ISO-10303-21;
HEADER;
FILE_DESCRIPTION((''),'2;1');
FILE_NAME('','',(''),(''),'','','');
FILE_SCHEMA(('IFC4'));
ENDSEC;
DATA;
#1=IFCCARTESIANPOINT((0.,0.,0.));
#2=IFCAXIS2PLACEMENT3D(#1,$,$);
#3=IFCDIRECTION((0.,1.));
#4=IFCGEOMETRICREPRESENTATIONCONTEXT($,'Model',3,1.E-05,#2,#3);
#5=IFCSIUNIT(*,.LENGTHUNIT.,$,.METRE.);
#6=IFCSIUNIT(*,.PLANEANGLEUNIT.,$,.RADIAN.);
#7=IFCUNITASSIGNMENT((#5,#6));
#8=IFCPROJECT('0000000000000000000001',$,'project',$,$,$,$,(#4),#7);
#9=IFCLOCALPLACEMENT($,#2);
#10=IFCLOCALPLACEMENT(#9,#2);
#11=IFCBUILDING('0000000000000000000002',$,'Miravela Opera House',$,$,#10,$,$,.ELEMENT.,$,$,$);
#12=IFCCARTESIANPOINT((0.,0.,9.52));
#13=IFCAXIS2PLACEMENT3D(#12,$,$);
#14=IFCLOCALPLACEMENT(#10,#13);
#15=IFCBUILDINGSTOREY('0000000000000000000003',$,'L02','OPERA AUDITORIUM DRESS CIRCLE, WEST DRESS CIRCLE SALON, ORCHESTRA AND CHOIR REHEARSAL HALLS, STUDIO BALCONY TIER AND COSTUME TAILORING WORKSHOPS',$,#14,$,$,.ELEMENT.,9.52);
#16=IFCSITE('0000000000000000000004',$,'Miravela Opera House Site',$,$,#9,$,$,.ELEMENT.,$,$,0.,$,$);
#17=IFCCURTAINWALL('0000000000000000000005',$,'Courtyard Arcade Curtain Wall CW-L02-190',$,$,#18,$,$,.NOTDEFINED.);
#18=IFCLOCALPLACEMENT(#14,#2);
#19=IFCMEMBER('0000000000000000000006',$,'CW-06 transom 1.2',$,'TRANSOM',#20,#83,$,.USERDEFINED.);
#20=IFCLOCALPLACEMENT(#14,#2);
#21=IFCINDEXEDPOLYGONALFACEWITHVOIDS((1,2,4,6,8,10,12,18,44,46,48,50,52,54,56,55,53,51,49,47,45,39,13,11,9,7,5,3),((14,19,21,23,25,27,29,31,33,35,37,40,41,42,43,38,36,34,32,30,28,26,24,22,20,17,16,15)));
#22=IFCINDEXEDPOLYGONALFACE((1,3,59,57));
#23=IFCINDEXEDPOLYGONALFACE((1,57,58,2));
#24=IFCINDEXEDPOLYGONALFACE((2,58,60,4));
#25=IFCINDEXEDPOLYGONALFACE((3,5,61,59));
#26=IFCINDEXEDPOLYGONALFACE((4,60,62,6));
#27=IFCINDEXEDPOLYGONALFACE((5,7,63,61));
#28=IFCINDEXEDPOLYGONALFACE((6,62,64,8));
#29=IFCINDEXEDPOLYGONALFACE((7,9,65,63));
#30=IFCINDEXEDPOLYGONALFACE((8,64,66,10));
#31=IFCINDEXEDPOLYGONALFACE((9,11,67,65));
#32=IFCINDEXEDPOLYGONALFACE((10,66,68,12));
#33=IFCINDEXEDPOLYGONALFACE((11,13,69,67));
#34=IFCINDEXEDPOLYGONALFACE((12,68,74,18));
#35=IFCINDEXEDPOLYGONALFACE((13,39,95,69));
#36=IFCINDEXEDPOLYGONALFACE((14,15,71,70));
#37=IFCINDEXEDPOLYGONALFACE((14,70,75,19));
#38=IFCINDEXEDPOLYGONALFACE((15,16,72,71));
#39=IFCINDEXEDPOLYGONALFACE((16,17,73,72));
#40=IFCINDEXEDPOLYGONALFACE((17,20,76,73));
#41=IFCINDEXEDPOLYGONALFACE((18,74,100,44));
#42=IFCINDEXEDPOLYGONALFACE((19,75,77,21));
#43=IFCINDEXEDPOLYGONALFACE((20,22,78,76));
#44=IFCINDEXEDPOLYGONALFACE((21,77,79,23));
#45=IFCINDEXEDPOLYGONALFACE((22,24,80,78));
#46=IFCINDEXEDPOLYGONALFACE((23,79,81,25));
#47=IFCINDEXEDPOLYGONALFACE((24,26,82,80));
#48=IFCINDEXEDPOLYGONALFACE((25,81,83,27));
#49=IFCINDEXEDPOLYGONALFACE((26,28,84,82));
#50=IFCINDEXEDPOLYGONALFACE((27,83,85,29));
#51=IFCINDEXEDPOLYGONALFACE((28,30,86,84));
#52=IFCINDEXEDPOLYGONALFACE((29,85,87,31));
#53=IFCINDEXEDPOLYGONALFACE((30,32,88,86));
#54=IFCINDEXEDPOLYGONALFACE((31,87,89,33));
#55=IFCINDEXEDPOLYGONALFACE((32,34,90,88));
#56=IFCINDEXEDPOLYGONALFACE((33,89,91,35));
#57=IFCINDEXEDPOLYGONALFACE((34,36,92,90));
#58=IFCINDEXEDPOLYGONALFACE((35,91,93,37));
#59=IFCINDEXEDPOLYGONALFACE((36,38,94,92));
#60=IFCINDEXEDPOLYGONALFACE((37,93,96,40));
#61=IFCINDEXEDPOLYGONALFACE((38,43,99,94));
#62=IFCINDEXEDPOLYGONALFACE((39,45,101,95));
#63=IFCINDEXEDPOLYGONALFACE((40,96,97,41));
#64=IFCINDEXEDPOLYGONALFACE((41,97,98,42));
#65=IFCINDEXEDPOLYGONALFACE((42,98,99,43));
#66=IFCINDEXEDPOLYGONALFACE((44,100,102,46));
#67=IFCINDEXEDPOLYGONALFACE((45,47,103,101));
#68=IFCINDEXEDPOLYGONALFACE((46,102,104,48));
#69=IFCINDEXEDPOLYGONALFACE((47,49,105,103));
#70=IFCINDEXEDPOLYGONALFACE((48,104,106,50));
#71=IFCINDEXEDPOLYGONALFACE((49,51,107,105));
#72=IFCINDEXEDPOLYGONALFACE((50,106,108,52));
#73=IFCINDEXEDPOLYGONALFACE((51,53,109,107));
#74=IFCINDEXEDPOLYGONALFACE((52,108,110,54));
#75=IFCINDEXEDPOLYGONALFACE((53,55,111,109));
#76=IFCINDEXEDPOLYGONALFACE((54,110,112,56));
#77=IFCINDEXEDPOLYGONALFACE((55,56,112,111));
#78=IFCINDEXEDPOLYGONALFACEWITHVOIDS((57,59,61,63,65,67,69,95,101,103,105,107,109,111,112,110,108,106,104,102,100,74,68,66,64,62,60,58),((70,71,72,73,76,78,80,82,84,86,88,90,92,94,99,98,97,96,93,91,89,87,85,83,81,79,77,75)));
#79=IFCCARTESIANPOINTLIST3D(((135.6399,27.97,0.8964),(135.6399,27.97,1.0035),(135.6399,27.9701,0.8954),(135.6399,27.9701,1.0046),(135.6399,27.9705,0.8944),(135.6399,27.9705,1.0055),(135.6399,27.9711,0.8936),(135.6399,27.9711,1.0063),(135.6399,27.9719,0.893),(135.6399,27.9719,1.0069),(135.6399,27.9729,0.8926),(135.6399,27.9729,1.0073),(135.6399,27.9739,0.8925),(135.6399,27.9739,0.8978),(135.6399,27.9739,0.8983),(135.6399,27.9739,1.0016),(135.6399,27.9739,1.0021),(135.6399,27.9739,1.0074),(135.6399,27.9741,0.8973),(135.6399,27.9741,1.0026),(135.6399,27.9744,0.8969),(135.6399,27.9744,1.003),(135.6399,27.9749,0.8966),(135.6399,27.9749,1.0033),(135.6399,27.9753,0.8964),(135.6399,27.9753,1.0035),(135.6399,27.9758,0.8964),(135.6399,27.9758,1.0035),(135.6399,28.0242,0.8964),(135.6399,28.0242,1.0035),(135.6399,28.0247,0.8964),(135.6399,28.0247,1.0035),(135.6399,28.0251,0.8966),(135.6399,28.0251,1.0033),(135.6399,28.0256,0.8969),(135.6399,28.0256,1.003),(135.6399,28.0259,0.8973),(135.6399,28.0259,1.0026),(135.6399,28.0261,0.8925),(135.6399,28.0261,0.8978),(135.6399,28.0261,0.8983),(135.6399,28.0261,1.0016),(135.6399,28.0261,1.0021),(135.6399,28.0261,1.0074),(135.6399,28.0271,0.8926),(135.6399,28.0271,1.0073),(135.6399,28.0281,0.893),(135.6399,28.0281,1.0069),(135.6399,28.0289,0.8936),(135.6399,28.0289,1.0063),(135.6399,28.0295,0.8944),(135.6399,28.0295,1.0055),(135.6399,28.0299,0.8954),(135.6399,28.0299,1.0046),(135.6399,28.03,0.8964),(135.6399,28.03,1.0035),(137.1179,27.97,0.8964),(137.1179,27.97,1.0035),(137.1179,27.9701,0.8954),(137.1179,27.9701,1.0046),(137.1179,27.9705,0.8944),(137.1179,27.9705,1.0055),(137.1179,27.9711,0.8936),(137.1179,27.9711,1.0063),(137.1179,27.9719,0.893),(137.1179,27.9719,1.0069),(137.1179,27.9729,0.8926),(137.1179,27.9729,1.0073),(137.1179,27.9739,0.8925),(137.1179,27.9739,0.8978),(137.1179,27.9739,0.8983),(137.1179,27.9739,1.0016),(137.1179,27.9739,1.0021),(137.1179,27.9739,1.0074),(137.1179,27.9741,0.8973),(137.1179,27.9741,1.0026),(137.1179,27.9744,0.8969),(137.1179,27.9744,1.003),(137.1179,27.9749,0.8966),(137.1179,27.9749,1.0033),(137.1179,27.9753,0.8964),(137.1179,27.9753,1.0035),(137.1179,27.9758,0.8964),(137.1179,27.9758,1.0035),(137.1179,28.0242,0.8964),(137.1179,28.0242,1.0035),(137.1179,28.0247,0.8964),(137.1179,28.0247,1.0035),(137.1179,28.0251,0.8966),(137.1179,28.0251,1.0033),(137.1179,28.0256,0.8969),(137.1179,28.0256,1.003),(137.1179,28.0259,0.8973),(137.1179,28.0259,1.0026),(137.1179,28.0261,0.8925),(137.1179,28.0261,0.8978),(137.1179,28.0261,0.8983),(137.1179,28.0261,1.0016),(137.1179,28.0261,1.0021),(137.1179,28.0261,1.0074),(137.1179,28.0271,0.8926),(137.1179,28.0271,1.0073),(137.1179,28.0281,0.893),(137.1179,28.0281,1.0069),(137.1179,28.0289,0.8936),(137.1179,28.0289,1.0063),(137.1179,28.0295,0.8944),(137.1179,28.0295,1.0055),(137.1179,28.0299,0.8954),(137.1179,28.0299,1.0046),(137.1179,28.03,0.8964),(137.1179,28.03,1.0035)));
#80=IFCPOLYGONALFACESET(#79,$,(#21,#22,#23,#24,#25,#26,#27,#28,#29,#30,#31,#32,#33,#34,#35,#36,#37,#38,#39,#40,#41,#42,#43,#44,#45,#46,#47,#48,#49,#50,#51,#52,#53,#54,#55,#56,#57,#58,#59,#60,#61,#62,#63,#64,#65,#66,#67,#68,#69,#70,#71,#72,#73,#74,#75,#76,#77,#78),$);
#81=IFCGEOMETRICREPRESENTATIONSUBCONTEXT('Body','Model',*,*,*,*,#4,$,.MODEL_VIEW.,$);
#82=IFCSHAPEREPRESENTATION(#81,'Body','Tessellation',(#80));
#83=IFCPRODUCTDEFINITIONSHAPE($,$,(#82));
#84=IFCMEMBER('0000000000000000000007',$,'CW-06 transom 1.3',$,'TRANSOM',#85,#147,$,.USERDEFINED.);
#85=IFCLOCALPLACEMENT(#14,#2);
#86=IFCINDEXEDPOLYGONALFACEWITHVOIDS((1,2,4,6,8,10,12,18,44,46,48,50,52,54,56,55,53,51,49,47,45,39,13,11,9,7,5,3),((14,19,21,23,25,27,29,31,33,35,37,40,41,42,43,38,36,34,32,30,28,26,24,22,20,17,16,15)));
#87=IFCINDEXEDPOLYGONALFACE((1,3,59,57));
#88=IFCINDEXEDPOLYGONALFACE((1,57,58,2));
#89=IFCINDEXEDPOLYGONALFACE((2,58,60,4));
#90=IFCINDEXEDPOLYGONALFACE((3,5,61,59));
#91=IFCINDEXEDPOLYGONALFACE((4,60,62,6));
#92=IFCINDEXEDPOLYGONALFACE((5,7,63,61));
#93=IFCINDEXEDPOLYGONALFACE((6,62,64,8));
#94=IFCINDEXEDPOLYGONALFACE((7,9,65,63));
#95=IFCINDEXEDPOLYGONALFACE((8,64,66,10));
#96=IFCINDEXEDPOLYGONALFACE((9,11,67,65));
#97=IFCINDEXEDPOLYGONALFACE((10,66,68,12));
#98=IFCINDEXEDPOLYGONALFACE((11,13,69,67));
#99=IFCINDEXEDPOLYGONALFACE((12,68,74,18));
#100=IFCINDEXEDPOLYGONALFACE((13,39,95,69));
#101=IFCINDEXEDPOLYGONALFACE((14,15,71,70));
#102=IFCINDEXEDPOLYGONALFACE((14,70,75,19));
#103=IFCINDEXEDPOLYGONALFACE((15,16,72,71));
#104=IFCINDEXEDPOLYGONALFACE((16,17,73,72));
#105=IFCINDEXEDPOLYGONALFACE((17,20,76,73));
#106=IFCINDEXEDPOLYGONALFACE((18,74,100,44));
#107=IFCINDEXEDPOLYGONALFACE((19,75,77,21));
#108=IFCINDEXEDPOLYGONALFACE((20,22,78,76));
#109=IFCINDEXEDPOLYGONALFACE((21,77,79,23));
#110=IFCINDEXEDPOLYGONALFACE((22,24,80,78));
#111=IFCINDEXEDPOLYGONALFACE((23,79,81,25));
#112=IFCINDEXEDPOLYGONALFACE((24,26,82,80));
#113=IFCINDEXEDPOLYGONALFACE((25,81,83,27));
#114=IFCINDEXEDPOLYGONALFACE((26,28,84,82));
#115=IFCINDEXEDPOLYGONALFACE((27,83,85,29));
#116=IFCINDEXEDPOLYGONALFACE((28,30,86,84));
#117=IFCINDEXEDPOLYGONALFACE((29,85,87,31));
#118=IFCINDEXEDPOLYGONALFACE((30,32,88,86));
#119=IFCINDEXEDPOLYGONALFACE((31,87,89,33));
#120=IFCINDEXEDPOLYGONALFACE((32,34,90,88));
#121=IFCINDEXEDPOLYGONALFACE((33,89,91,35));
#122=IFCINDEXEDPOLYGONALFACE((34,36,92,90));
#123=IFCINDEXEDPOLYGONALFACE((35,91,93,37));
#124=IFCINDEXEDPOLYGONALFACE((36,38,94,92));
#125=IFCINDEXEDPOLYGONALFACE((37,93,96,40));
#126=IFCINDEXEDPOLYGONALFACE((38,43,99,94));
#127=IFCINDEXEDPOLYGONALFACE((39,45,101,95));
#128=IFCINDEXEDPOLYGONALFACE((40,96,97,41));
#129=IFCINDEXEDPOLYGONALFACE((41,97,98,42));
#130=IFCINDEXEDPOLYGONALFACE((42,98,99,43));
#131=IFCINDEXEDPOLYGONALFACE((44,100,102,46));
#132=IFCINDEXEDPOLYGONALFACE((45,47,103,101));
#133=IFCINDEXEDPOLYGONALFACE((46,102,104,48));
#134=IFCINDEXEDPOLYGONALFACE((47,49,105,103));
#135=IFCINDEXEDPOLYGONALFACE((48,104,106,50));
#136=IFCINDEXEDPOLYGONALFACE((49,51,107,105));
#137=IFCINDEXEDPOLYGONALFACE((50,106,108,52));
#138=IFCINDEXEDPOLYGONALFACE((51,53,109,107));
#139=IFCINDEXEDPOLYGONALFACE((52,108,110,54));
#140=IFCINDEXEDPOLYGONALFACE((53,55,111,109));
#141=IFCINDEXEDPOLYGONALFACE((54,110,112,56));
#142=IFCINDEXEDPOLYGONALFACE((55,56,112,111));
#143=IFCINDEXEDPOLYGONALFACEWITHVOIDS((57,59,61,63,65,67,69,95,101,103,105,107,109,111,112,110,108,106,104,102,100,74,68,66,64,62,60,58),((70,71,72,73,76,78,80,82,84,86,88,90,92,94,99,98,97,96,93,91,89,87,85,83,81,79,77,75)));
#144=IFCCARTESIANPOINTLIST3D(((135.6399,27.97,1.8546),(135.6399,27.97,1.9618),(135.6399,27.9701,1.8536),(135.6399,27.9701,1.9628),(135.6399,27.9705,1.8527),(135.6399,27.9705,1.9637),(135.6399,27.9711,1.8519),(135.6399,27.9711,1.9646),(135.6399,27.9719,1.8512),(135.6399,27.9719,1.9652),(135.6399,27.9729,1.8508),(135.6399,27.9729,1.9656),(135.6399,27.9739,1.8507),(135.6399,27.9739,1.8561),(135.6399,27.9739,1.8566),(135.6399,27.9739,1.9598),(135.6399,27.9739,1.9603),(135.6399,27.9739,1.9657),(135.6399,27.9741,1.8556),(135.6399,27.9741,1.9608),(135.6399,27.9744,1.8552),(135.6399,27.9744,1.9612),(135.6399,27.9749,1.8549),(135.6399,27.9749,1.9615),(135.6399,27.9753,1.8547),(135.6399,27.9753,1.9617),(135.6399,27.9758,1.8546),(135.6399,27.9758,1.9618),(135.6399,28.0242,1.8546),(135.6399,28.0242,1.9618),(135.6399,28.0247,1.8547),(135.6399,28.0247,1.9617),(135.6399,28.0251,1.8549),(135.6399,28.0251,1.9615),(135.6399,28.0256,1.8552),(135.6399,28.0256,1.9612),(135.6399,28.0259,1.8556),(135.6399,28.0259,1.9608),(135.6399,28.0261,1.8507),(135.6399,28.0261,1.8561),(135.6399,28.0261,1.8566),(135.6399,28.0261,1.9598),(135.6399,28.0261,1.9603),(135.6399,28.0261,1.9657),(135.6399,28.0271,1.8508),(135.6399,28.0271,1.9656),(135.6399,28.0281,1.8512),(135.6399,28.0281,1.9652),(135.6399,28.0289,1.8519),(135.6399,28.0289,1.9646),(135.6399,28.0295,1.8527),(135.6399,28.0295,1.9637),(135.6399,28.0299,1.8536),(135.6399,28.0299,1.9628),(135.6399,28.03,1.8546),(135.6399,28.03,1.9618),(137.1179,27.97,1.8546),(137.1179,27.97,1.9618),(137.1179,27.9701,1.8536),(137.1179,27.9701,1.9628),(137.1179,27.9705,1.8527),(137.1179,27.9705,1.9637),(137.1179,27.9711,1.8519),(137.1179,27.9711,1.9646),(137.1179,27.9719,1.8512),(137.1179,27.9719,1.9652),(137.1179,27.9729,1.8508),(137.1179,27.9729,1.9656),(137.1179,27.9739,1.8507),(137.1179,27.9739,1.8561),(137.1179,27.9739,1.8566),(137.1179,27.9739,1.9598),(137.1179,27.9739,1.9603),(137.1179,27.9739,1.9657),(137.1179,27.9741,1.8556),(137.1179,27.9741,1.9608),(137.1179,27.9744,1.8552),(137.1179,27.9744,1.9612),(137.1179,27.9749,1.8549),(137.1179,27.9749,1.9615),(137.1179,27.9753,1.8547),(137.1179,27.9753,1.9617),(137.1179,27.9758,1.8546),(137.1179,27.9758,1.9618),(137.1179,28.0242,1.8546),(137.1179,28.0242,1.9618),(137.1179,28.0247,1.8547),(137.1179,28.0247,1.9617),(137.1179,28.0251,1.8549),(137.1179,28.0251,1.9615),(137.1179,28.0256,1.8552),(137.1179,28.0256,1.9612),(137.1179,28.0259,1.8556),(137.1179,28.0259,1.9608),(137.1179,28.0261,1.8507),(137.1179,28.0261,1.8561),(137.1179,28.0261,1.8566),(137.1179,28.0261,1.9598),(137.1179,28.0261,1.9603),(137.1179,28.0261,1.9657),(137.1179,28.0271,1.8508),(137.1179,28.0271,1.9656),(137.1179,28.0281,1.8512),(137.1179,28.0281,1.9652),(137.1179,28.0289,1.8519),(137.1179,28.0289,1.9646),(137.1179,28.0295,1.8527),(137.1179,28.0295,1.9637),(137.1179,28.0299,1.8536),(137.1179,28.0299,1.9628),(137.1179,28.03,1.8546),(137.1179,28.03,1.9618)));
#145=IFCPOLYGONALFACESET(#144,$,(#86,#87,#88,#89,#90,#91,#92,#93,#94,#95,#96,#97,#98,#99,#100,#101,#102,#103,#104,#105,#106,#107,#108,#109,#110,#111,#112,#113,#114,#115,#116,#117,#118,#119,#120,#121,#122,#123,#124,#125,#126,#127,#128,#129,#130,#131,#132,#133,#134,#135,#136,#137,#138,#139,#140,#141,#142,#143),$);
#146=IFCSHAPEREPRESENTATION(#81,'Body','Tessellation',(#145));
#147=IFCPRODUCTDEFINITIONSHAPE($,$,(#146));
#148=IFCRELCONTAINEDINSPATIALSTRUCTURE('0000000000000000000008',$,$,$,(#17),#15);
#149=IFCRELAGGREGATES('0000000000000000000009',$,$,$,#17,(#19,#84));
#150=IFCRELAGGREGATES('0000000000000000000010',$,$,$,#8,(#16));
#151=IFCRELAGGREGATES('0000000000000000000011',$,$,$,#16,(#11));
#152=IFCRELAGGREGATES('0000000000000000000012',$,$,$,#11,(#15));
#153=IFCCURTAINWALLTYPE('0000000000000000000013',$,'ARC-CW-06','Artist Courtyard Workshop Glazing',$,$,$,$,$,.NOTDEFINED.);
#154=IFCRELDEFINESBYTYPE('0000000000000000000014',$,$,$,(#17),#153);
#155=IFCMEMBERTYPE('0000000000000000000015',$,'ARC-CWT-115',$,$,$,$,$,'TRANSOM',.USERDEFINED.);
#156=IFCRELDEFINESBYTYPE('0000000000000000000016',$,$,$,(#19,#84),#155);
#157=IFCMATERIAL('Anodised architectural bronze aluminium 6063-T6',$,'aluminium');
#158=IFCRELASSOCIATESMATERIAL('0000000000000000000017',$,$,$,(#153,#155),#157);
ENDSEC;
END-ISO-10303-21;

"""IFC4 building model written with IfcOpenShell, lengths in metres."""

from ifc_helpers import new_model, si_unit, direction, frame, origin, origin_2d, place, context, subcontext, project, spatial, hollow_rectangle, extrude, material, material_profile, profile_set, type_object, element, aggregate, save


model = new_model("IFC4")

# Units and contexts
model_context = context("Model", 3, precision=1e-05, world=origin(), true_north=direction((0.0, 1.0)))
body_context = subcontext(model_context, "Body", "Model", "MODEL_VIEW")
ifc_project = project(units=[si_unit("LENGTHUNIT", "METRE"), si_unit("PLANEANGLEUNIT", "RADIAN")], contexts=[model_context])

# Site, building, storey
site_placement = place(None, origin())
site = spatial("IfcSite", under=ifc_project, at=site_placement, Name="Miravela Opera House Site", CompositionType="ELEMENT", RefElevation=0.0)
building_placement = place(site_placement, origin())
building = spatial("IfcBuilding", under=site, at=building_placement, Name="Miravela Opera House", CompositionType="ELEMENT")
storey_placement = place(building_placement, frame((0.0, 0.0, 9.52)))
storey = spatial("IfcBuildingStorey", under=building, at=storey_placement, Name="L02", Description="OPERA AUDITORIUM DRESS CIRCLE, WEST DRESS CIRCLE SALON, ORCHESTRA AND CHOIR REHEARSAL HALLS, STUDIO BALCONY TIER AND COSTUME TAILORING WORKSHOPS", CompositionType="ELEMENT", Elevation=9.52)

# Curtain wall, members
ifc_material_1 = material(Name="Anodised architectural bronze aluminium 6063-T6", Category="aluminium")
curtain_wall_type = type_object("IfcCurtainWallType", Name="ARC-CW-06", Description="Artist Courtyard Workshop Glazing", PredefinedType="NOTDEFINED", material=ifc_material_1)
curtain_wall_placement = place(storey_placement, origin())
curtain_wall = element("IfcCurtainWall", 1, at=curtain_wall_placement, inside=storey, type_object=curtain_wall_type, Name="Courtyard Arcade Curtain Wall CW-L02-190", PredefinedType="NOTDEFINED")
ifc_material_profile_1 = material_profile(ifc_material_1, hollow_rectangle(XDim=0.0601, YDim=0.115, WallThickness=0.0039, InnerFilletRadius=0.002, OuterFilletRadius=0.0039, at=origin_2d()), Name="CWT-60X115")
ifc_profile_set_1 = profile_set([ifc_material_profile_1])
member_type_1 = type_object("IfcMemberType", Name="ARC-CWT-115", ElementType="TRANSOM", PredefinedType="USERDEFINED", material=ifc_profile_set_1)
member_1_placement = place(storey_placement, frame((135.6399, 28.0, 0.95), z_axis=(1.0, 0.0, 0.0), x_axis=(0.0, 1.0, 0.0)))
member_1 = element("IfcMember", 2, at=member_1_placement, type_object=member_type_1, Name="CW-06 transom 1.2", ObjectType="TRANSOM", PredefinedType="USERDEFINED", context=body_context, shape_type="SweptSolid", body=[
    extrude(hollow_rectangle(XDim=0.0601, YDim=0.115, WallThickness=0.0039, InnerFilletRadius=0.002, OuterFilletRadius=0.0039, at=origin_2d()), origin(), (0.0, 0.0, 1.0), 1.478),
])
member_2_placement = place(storey_placement, frame((135.6399, 28.0, 1.9082), z_axis=(1.0, 0.0, 0.0), x_axis=(0.0, 1.0, 0.0)))
member_2 = element("IfcMember", 3, at=member_2_placement, type_object=member_type_1, Name="CW-06 transom 1.3", ObjectType="TRANSOM", PredefinedType="USERDEFINED", context=body_context, shape_type="SweptSolid", body=[
    extrude(hollow_rectangle(XDim=0.0601, YDim=0.115, WallThickness=0.0039, InnerFilletRadius=0.002, OuterFilletRadius=0.0039, at=origin_2d()), origin(), (0.0, 0.0, 1.0), 1.478),
])

aggregate(curtain_wall, [member_1, member_2])

save(model, "model.ifc")
